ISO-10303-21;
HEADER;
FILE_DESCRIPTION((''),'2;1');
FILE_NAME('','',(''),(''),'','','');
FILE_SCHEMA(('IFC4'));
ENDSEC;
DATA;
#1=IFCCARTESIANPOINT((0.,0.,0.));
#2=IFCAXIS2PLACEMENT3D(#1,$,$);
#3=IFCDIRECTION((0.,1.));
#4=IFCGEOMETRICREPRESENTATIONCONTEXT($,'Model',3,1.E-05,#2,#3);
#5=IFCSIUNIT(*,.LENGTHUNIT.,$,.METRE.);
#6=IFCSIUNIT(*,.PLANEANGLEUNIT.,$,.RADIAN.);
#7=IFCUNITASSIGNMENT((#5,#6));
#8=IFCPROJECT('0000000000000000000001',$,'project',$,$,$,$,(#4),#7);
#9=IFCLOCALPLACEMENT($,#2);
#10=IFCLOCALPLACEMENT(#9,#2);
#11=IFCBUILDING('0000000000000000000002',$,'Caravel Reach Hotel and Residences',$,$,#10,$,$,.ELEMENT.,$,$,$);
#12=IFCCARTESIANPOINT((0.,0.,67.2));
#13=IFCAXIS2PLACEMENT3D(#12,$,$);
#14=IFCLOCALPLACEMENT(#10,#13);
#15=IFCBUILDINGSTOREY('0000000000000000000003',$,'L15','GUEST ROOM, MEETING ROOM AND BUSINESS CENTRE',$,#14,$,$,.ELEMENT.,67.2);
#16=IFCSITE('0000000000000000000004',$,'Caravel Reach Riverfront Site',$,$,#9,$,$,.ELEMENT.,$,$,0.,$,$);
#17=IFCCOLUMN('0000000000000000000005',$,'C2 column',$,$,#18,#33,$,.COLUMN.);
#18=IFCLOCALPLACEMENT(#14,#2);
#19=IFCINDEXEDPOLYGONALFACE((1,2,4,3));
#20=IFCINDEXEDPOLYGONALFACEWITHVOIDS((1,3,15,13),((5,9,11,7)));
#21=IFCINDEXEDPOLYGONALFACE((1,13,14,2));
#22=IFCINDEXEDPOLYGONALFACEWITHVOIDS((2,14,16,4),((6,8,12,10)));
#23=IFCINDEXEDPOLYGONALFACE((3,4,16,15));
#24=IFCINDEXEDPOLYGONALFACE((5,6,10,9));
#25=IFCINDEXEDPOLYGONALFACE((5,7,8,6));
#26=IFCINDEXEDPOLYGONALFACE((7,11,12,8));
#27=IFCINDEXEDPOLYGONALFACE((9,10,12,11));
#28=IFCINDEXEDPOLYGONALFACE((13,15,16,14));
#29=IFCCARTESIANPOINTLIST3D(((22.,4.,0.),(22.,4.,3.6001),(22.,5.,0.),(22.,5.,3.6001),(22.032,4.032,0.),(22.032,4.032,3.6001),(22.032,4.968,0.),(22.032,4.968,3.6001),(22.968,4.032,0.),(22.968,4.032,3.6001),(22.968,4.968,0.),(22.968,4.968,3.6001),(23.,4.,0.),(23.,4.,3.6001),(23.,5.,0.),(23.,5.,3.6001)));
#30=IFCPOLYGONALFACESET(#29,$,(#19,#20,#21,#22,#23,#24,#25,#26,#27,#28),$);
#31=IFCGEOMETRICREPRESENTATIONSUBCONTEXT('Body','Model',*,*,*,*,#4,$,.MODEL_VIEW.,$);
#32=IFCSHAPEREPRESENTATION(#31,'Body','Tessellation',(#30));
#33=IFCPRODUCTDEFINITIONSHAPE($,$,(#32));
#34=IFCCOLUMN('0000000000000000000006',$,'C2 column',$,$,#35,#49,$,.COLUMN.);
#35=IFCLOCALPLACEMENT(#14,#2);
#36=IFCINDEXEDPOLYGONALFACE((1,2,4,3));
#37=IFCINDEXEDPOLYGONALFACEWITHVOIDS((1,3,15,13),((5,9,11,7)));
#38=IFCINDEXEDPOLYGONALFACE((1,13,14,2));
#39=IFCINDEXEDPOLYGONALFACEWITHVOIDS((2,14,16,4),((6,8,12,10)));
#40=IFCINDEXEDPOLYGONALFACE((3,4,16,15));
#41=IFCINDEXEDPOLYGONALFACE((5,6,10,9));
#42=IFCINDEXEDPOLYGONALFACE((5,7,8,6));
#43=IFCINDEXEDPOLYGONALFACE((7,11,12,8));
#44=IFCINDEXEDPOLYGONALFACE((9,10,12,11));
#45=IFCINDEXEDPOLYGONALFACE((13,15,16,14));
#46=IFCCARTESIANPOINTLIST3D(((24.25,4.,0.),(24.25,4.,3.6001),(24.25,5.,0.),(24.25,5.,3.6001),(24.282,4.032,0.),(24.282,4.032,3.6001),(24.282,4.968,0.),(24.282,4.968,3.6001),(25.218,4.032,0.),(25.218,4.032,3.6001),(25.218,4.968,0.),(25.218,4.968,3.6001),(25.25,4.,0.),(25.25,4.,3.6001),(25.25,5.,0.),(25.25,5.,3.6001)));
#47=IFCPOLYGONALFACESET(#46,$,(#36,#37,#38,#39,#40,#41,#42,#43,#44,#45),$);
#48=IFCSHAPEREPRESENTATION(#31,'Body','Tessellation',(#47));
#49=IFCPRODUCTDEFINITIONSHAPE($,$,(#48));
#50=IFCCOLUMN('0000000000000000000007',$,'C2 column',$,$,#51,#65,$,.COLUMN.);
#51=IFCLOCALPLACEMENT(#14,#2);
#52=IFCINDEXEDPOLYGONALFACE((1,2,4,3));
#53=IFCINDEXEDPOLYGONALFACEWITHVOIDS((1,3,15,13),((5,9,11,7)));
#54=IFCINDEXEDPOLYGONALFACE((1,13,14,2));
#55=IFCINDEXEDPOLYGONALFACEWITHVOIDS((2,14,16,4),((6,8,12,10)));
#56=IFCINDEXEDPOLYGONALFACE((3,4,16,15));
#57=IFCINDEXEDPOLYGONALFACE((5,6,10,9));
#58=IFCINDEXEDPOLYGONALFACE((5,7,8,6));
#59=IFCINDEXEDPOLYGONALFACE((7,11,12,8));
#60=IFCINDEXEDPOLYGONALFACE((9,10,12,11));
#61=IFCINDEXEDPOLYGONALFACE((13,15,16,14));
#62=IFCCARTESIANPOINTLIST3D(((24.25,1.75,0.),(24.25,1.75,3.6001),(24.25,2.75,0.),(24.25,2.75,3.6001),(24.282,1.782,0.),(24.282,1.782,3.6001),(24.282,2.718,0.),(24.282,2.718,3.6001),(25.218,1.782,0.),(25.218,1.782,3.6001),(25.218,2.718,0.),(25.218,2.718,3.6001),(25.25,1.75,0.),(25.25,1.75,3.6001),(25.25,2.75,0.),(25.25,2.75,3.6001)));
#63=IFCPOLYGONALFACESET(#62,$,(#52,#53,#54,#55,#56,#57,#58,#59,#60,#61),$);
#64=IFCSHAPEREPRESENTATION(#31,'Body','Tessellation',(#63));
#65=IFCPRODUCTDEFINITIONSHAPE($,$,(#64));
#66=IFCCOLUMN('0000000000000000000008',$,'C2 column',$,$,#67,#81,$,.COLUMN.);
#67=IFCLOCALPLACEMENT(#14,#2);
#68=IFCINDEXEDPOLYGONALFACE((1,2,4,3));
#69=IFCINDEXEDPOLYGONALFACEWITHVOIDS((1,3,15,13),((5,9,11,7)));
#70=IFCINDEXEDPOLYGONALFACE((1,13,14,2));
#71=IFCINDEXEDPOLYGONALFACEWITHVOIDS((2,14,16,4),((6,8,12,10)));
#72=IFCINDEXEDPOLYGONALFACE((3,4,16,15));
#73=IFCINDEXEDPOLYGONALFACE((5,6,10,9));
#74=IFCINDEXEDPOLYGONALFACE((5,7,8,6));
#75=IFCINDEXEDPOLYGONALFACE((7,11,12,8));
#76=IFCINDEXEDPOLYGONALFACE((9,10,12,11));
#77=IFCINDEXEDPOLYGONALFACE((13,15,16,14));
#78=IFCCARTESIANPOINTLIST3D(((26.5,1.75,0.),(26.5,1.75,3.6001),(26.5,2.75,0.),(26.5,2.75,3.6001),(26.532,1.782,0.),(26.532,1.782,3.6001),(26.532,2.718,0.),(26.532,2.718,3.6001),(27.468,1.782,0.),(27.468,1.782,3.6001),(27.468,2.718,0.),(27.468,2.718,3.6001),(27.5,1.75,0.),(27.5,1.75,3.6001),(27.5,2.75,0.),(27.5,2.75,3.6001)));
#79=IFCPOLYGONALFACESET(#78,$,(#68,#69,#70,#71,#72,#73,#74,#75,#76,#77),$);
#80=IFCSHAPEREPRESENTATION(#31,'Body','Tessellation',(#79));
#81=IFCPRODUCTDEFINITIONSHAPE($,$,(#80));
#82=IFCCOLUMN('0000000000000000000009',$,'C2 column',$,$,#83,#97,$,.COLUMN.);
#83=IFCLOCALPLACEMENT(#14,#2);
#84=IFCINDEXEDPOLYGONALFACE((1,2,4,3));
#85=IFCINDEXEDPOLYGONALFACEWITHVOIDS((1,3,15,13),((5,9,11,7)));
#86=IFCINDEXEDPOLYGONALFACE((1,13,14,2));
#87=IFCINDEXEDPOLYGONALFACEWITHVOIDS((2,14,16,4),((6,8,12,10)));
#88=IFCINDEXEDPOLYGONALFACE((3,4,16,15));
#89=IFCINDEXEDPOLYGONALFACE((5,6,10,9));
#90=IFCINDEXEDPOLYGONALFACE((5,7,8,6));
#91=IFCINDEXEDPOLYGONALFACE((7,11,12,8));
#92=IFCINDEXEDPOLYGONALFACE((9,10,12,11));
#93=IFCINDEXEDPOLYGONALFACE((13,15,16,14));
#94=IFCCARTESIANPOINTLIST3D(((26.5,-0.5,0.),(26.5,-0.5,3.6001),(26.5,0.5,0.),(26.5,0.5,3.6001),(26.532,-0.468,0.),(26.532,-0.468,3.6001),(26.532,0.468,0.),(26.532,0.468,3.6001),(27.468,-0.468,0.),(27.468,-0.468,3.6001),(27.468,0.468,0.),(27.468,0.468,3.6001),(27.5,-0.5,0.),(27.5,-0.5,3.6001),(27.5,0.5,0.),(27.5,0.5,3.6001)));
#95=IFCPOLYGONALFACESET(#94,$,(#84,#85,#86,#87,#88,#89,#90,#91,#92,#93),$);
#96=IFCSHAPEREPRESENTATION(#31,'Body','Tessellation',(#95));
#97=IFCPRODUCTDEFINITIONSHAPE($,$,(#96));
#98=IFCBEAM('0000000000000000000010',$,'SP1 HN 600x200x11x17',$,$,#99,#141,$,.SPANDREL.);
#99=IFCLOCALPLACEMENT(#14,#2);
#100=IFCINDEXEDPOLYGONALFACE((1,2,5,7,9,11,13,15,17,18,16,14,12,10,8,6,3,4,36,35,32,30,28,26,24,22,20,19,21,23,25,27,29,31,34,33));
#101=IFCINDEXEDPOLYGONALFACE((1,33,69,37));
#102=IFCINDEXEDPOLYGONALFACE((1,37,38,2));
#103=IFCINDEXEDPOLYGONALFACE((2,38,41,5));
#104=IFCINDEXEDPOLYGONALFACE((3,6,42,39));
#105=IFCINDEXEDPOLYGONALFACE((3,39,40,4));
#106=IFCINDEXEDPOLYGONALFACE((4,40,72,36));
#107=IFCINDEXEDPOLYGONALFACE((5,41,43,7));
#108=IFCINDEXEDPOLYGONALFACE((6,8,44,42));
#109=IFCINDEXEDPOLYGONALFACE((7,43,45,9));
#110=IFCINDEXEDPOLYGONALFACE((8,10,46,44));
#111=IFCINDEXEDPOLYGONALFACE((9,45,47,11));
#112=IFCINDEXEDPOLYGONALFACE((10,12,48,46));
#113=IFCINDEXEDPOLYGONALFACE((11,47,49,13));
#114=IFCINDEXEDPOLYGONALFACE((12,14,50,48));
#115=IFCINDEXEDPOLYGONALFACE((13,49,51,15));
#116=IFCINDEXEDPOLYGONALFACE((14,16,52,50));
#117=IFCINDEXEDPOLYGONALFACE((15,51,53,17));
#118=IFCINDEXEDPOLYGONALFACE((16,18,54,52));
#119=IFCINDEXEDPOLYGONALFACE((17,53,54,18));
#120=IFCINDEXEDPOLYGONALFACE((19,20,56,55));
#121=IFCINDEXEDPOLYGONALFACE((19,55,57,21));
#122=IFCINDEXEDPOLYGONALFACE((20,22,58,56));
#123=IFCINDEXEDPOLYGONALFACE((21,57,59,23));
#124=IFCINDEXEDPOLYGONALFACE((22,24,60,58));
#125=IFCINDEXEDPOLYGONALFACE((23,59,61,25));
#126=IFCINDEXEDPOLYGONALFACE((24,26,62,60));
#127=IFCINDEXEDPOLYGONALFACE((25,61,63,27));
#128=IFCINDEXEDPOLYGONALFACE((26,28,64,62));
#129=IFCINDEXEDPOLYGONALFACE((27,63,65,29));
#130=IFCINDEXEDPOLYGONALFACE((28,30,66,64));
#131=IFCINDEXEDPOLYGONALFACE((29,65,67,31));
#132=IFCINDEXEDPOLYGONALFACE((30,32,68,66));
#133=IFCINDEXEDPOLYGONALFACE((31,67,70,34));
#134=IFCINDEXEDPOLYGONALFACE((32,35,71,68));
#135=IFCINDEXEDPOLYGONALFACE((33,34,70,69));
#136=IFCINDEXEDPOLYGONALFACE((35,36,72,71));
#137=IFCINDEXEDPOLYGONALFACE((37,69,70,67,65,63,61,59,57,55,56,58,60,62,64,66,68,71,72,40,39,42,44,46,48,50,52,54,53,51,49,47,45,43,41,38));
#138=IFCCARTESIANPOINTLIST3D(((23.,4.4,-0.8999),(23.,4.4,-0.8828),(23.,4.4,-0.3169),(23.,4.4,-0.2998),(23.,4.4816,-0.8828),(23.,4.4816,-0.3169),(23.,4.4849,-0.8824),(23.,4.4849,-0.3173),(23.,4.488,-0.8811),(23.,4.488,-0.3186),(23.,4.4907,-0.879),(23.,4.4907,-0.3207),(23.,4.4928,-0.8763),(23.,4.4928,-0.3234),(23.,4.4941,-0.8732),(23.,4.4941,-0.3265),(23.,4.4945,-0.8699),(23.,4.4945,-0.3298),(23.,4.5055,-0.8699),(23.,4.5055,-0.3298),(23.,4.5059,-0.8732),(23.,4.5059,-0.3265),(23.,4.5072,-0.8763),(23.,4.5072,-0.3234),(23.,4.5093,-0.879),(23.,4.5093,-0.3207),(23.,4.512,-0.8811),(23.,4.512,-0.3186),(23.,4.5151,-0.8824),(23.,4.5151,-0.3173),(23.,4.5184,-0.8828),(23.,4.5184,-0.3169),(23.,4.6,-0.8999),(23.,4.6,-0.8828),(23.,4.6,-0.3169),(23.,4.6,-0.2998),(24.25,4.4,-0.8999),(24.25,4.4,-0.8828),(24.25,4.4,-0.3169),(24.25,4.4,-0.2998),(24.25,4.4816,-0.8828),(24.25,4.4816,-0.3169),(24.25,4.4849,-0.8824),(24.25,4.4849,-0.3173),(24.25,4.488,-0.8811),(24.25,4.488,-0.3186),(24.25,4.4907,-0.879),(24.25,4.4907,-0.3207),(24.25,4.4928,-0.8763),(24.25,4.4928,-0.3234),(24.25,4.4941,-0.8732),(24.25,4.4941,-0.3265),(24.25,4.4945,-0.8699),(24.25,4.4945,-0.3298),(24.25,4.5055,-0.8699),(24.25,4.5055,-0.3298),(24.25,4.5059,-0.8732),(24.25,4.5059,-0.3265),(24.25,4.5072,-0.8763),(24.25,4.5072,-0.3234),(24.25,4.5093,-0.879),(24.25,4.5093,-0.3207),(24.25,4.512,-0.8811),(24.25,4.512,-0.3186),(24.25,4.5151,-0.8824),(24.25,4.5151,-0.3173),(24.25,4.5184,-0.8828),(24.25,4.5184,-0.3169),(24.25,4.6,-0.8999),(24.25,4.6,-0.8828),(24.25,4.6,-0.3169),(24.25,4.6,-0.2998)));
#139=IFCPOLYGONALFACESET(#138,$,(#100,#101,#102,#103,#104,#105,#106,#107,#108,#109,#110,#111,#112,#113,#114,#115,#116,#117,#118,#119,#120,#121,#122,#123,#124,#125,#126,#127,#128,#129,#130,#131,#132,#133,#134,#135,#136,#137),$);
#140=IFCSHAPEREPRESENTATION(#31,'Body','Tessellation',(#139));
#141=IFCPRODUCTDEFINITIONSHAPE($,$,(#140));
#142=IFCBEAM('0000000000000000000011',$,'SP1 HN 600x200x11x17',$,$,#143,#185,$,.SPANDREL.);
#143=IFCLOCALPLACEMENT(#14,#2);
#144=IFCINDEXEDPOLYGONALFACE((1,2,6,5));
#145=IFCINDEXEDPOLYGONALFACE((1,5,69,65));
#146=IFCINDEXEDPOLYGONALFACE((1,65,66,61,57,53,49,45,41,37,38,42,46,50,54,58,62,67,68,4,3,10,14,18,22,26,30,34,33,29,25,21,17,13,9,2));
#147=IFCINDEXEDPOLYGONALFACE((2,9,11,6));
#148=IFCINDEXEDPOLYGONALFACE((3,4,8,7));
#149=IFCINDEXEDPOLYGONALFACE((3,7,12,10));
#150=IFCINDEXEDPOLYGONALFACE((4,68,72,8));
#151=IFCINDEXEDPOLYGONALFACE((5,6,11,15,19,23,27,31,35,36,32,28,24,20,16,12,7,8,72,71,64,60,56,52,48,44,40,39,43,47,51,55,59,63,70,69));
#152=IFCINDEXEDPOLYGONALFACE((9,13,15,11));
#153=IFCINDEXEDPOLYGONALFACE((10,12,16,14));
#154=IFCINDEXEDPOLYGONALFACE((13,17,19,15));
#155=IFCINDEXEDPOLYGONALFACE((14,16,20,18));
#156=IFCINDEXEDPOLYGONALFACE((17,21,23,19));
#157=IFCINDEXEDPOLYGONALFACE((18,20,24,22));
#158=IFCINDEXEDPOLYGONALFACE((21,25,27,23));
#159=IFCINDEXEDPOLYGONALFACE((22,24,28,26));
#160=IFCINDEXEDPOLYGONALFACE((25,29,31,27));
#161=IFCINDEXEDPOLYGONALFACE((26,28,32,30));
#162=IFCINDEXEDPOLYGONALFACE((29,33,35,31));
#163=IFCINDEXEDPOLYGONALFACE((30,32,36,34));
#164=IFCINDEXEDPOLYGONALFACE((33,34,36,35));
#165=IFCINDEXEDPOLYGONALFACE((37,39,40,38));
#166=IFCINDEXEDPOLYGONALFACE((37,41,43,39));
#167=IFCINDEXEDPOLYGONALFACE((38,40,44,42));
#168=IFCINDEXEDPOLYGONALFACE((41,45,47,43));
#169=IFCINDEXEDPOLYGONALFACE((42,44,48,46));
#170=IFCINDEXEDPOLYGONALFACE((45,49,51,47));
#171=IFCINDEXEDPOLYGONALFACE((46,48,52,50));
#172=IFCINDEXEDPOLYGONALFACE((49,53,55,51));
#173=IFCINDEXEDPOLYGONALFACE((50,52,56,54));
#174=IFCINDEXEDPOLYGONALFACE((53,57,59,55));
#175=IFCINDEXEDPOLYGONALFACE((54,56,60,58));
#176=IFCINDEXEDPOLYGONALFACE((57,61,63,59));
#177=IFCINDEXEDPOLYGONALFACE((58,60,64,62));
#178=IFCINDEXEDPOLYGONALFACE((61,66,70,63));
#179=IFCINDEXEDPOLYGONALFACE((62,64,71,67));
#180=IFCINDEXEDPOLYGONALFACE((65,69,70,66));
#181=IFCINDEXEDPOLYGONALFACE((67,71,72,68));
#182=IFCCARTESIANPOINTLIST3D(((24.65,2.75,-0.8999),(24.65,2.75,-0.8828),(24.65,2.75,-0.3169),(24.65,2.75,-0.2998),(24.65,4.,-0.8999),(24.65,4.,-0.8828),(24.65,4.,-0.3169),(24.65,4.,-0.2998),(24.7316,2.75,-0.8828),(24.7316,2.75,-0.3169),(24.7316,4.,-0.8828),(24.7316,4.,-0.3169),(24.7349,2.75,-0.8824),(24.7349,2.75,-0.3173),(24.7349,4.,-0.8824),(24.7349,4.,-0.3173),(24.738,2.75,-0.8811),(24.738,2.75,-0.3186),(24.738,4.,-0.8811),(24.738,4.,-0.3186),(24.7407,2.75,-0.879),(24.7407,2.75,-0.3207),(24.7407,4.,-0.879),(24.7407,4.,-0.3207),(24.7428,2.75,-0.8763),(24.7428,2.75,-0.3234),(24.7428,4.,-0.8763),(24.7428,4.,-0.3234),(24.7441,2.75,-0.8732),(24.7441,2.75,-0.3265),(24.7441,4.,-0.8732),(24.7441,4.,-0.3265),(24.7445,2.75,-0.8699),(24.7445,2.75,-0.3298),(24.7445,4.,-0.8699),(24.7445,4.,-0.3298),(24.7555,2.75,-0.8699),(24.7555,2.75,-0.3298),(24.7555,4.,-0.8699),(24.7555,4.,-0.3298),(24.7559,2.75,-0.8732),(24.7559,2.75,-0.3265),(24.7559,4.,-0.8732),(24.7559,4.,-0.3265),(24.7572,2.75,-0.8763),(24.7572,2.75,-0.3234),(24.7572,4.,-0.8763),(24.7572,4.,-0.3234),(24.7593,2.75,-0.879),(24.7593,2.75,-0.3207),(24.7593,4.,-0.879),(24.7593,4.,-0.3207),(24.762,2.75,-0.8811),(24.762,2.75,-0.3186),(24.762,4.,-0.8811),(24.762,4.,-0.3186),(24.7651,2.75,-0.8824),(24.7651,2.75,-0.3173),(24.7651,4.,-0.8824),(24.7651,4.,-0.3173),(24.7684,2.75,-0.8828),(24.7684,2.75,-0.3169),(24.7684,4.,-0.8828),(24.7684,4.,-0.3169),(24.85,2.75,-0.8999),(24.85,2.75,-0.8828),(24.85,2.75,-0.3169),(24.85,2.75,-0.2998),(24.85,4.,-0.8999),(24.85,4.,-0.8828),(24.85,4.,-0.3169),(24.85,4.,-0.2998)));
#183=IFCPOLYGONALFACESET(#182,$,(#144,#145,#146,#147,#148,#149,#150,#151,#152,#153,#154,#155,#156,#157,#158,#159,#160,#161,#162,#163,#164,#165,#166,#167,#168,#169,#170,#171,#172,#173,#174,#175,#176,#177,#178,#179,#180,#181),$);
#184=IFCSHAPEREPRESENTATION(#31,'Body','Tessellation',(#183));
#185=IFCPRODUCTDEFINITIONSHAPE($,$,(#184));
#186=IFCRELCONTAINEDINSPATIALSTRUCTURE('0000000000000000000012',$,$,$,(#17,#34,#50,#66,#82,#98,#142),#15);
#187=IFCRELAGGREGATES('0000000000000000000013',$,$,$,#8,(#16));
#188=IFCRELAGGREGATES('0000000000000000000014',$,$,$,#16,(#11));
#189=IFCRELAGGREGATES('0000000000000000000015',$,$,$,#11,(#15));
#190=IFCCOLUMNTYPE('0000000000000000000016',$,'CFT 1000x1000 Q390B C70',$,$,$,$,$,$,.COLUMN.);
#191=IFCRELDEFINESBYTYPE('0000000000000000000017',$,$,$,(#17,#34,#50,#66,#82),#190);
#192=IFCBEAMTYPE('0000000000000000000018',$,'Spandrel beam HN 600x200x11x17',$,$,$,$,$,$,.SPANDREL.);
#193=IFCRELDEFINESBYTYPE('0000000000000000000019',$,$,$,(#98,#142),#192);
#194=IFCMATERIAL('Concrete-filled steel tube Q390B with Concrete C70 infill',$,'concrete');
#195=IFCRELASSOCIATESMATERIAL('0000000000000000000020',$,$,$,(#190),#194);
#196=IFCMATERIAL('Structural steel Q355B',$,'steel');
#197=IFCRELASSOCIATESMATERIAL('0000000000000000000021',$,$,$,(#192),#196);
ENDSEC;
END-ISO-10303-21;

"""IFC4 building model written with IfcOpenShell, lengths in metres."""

from ifc_helpers import new_model, si_unit, direction, frame, origin, origin_2d, place, context, subcontext, project, spatial, hollow_rectangle, i_section, extrude, material, material_profile, profile_set, type_object, element, save


model = new_model("IFC4")

# Units and contexts
model_context = context("Model", 3, precision=1e-05, world=origin(), true_north=direction((0.0, 1.0)))
body_context = subcontext(model_context, "Body", "Model", "MODEL_VIEW")
ifc_project = project(units=[si_unit("LENGTHUNIT", "METRE"), si_unit("PLANEANGLEUNIT", "RADIAN")], contexts=[model_context])

# Site, building, storey
site_placement = place(None, origin())
site = spatial("IfcSite", under=ifc_project, at=site_placement, Name="Caravel Reach Riverfront Site", CompositionType="ELEMENT", RefElevation=0.0)
building_placement = place(site_placement, origin())
building = spatial("IfcBuilding", under=site, at=building_placement, Name="Caravel Reach Hotel and Residences", CompositionType="ELEMENT")
storey_placement = place(building_placement, frame((0.0, 0.0, 67.2)))
storey = spatial("IfcBuildingStorey", under=building, at=storey_placement, Name="L15", Description="GUEST ROOM, MEETING ROOM AND BUSINESS CENTRE", CompositionType="ELEMENT", Elevation=67.2)

# Columns
ifc_material_1 = material(Name="Concrete-filled steel tube Q390B with Concrete C70 infill", Category="concrete")
ifc_material_profile_1 = material_profile(ifc_material_1, hollow_rectangle(XDim=1.0, YDim=1.0, WallThickness=0.032, at=origin_2d()), Name="RHS 1000x1000x32")
ifc_profile_set_1 = profile_set([ifc_material_profile_1], Name="Concrete-filled steel tube Q390B with Concrete C70 infill")
column_type = type_object("IfcColumnType", Name="CFT 1000x1000 Q390B C70", PredefinedType="COLUMN", material=ifc_profile_set_1)
for number, where, z_axis, x_axis, name in (
    (1, (22.5, 4.5, 0.0), (0.0, 0.0, 1.0), (1.0, 0.0, 0.0), "C2 column"),
    (2, (24.75, 4.5, 0.0), (0.0, 0.0, 1.0), (1.0, 0.0, 0.0), "C2 column"),
    (3, (24.75, 2.25, 0.0), (0.0, 0.0, 1.0), (1.0, 0.0, 0.0), "C2 column"),
    (4, (27.0, 2.25, 0.0), (0.0, 0.0, 1.0), (1.0, 0.0, 0.0), "C2 column"),
    (5, (27.0, 0.0, 0.0), (0.0, 0.0, 1.0), (1.0, 0.0, 0.0), "C2 column"),
):
    element("IfcColumn", number, at=place(storey_placement, frame(where, z_axis=z_axis, x_axis=x_axis)), inside=storey, type_object=column_type, Name=name, PredefinedType="COLUMN", context=body_context, shape_type="SweptSolid", body=[
        extrude(hollow_rectangle(XDim=1.0, YDim=1.0, WallThickness=0.032, at=origin_2d()), origin(), (0.0, 0.0, 1.0), 3.6001),
    ])

# Beams
ifc_material_2 = material(Name="Structural steel Q355B", Category="steel")
ifc_material_profile_2 = material_profile(ifc_material_2, i_section(OverallWidth=0.2, OverallDepth=0.6001, WebThickness=0.011, FlangeThickness=0.0171, FilletRadius=0.0129, at=origin_2d()), Name="HN 600x200x11x17")
ifc_profile_set_2 = profile_set([ifc_material_profile_2], Name="Structural steel Q355B")
beam_type = type_object("IfcBeamType", Name="Spandrel beam HN 600x200x11x17", PredefinedType="SPANDREL", material=ifc_profile_set_2)
for number, where, z_axis, x_axis, name in (
    (6, (23.0, 4.5, -0.5999), (1.0, 0.0, 0.0), (0.0, 1.0, 0.0), "SP1 HN 600x200x11x17"),
    (7, (24.75, 4.0, -0.5999), (0.0, -1.0, 0.0), (1.0, 0.0, 0.0), "SP1 HN 600x200x11x17"),
):
    element("IfcBeam", number, at=place(storey_placement, frame(where, z_axis=z_axis, x_axis=x_axis)), inside=storey, type_object=beam_type, Name=name, PredefinedType="SPANDREL", context=body_context, shape_type="SweptSolid", body=[
        extrude(i_section(OverallWidth=0.2, OverallDepth=0.6001, WebThickness=0.011, FlangeThickness=0.0171, FilletRadius=0.0129, at=origin_2d()), origin(), (0.0, 0.0, 1.0), 1.25),
    ])

save(model, "model.ifc")
